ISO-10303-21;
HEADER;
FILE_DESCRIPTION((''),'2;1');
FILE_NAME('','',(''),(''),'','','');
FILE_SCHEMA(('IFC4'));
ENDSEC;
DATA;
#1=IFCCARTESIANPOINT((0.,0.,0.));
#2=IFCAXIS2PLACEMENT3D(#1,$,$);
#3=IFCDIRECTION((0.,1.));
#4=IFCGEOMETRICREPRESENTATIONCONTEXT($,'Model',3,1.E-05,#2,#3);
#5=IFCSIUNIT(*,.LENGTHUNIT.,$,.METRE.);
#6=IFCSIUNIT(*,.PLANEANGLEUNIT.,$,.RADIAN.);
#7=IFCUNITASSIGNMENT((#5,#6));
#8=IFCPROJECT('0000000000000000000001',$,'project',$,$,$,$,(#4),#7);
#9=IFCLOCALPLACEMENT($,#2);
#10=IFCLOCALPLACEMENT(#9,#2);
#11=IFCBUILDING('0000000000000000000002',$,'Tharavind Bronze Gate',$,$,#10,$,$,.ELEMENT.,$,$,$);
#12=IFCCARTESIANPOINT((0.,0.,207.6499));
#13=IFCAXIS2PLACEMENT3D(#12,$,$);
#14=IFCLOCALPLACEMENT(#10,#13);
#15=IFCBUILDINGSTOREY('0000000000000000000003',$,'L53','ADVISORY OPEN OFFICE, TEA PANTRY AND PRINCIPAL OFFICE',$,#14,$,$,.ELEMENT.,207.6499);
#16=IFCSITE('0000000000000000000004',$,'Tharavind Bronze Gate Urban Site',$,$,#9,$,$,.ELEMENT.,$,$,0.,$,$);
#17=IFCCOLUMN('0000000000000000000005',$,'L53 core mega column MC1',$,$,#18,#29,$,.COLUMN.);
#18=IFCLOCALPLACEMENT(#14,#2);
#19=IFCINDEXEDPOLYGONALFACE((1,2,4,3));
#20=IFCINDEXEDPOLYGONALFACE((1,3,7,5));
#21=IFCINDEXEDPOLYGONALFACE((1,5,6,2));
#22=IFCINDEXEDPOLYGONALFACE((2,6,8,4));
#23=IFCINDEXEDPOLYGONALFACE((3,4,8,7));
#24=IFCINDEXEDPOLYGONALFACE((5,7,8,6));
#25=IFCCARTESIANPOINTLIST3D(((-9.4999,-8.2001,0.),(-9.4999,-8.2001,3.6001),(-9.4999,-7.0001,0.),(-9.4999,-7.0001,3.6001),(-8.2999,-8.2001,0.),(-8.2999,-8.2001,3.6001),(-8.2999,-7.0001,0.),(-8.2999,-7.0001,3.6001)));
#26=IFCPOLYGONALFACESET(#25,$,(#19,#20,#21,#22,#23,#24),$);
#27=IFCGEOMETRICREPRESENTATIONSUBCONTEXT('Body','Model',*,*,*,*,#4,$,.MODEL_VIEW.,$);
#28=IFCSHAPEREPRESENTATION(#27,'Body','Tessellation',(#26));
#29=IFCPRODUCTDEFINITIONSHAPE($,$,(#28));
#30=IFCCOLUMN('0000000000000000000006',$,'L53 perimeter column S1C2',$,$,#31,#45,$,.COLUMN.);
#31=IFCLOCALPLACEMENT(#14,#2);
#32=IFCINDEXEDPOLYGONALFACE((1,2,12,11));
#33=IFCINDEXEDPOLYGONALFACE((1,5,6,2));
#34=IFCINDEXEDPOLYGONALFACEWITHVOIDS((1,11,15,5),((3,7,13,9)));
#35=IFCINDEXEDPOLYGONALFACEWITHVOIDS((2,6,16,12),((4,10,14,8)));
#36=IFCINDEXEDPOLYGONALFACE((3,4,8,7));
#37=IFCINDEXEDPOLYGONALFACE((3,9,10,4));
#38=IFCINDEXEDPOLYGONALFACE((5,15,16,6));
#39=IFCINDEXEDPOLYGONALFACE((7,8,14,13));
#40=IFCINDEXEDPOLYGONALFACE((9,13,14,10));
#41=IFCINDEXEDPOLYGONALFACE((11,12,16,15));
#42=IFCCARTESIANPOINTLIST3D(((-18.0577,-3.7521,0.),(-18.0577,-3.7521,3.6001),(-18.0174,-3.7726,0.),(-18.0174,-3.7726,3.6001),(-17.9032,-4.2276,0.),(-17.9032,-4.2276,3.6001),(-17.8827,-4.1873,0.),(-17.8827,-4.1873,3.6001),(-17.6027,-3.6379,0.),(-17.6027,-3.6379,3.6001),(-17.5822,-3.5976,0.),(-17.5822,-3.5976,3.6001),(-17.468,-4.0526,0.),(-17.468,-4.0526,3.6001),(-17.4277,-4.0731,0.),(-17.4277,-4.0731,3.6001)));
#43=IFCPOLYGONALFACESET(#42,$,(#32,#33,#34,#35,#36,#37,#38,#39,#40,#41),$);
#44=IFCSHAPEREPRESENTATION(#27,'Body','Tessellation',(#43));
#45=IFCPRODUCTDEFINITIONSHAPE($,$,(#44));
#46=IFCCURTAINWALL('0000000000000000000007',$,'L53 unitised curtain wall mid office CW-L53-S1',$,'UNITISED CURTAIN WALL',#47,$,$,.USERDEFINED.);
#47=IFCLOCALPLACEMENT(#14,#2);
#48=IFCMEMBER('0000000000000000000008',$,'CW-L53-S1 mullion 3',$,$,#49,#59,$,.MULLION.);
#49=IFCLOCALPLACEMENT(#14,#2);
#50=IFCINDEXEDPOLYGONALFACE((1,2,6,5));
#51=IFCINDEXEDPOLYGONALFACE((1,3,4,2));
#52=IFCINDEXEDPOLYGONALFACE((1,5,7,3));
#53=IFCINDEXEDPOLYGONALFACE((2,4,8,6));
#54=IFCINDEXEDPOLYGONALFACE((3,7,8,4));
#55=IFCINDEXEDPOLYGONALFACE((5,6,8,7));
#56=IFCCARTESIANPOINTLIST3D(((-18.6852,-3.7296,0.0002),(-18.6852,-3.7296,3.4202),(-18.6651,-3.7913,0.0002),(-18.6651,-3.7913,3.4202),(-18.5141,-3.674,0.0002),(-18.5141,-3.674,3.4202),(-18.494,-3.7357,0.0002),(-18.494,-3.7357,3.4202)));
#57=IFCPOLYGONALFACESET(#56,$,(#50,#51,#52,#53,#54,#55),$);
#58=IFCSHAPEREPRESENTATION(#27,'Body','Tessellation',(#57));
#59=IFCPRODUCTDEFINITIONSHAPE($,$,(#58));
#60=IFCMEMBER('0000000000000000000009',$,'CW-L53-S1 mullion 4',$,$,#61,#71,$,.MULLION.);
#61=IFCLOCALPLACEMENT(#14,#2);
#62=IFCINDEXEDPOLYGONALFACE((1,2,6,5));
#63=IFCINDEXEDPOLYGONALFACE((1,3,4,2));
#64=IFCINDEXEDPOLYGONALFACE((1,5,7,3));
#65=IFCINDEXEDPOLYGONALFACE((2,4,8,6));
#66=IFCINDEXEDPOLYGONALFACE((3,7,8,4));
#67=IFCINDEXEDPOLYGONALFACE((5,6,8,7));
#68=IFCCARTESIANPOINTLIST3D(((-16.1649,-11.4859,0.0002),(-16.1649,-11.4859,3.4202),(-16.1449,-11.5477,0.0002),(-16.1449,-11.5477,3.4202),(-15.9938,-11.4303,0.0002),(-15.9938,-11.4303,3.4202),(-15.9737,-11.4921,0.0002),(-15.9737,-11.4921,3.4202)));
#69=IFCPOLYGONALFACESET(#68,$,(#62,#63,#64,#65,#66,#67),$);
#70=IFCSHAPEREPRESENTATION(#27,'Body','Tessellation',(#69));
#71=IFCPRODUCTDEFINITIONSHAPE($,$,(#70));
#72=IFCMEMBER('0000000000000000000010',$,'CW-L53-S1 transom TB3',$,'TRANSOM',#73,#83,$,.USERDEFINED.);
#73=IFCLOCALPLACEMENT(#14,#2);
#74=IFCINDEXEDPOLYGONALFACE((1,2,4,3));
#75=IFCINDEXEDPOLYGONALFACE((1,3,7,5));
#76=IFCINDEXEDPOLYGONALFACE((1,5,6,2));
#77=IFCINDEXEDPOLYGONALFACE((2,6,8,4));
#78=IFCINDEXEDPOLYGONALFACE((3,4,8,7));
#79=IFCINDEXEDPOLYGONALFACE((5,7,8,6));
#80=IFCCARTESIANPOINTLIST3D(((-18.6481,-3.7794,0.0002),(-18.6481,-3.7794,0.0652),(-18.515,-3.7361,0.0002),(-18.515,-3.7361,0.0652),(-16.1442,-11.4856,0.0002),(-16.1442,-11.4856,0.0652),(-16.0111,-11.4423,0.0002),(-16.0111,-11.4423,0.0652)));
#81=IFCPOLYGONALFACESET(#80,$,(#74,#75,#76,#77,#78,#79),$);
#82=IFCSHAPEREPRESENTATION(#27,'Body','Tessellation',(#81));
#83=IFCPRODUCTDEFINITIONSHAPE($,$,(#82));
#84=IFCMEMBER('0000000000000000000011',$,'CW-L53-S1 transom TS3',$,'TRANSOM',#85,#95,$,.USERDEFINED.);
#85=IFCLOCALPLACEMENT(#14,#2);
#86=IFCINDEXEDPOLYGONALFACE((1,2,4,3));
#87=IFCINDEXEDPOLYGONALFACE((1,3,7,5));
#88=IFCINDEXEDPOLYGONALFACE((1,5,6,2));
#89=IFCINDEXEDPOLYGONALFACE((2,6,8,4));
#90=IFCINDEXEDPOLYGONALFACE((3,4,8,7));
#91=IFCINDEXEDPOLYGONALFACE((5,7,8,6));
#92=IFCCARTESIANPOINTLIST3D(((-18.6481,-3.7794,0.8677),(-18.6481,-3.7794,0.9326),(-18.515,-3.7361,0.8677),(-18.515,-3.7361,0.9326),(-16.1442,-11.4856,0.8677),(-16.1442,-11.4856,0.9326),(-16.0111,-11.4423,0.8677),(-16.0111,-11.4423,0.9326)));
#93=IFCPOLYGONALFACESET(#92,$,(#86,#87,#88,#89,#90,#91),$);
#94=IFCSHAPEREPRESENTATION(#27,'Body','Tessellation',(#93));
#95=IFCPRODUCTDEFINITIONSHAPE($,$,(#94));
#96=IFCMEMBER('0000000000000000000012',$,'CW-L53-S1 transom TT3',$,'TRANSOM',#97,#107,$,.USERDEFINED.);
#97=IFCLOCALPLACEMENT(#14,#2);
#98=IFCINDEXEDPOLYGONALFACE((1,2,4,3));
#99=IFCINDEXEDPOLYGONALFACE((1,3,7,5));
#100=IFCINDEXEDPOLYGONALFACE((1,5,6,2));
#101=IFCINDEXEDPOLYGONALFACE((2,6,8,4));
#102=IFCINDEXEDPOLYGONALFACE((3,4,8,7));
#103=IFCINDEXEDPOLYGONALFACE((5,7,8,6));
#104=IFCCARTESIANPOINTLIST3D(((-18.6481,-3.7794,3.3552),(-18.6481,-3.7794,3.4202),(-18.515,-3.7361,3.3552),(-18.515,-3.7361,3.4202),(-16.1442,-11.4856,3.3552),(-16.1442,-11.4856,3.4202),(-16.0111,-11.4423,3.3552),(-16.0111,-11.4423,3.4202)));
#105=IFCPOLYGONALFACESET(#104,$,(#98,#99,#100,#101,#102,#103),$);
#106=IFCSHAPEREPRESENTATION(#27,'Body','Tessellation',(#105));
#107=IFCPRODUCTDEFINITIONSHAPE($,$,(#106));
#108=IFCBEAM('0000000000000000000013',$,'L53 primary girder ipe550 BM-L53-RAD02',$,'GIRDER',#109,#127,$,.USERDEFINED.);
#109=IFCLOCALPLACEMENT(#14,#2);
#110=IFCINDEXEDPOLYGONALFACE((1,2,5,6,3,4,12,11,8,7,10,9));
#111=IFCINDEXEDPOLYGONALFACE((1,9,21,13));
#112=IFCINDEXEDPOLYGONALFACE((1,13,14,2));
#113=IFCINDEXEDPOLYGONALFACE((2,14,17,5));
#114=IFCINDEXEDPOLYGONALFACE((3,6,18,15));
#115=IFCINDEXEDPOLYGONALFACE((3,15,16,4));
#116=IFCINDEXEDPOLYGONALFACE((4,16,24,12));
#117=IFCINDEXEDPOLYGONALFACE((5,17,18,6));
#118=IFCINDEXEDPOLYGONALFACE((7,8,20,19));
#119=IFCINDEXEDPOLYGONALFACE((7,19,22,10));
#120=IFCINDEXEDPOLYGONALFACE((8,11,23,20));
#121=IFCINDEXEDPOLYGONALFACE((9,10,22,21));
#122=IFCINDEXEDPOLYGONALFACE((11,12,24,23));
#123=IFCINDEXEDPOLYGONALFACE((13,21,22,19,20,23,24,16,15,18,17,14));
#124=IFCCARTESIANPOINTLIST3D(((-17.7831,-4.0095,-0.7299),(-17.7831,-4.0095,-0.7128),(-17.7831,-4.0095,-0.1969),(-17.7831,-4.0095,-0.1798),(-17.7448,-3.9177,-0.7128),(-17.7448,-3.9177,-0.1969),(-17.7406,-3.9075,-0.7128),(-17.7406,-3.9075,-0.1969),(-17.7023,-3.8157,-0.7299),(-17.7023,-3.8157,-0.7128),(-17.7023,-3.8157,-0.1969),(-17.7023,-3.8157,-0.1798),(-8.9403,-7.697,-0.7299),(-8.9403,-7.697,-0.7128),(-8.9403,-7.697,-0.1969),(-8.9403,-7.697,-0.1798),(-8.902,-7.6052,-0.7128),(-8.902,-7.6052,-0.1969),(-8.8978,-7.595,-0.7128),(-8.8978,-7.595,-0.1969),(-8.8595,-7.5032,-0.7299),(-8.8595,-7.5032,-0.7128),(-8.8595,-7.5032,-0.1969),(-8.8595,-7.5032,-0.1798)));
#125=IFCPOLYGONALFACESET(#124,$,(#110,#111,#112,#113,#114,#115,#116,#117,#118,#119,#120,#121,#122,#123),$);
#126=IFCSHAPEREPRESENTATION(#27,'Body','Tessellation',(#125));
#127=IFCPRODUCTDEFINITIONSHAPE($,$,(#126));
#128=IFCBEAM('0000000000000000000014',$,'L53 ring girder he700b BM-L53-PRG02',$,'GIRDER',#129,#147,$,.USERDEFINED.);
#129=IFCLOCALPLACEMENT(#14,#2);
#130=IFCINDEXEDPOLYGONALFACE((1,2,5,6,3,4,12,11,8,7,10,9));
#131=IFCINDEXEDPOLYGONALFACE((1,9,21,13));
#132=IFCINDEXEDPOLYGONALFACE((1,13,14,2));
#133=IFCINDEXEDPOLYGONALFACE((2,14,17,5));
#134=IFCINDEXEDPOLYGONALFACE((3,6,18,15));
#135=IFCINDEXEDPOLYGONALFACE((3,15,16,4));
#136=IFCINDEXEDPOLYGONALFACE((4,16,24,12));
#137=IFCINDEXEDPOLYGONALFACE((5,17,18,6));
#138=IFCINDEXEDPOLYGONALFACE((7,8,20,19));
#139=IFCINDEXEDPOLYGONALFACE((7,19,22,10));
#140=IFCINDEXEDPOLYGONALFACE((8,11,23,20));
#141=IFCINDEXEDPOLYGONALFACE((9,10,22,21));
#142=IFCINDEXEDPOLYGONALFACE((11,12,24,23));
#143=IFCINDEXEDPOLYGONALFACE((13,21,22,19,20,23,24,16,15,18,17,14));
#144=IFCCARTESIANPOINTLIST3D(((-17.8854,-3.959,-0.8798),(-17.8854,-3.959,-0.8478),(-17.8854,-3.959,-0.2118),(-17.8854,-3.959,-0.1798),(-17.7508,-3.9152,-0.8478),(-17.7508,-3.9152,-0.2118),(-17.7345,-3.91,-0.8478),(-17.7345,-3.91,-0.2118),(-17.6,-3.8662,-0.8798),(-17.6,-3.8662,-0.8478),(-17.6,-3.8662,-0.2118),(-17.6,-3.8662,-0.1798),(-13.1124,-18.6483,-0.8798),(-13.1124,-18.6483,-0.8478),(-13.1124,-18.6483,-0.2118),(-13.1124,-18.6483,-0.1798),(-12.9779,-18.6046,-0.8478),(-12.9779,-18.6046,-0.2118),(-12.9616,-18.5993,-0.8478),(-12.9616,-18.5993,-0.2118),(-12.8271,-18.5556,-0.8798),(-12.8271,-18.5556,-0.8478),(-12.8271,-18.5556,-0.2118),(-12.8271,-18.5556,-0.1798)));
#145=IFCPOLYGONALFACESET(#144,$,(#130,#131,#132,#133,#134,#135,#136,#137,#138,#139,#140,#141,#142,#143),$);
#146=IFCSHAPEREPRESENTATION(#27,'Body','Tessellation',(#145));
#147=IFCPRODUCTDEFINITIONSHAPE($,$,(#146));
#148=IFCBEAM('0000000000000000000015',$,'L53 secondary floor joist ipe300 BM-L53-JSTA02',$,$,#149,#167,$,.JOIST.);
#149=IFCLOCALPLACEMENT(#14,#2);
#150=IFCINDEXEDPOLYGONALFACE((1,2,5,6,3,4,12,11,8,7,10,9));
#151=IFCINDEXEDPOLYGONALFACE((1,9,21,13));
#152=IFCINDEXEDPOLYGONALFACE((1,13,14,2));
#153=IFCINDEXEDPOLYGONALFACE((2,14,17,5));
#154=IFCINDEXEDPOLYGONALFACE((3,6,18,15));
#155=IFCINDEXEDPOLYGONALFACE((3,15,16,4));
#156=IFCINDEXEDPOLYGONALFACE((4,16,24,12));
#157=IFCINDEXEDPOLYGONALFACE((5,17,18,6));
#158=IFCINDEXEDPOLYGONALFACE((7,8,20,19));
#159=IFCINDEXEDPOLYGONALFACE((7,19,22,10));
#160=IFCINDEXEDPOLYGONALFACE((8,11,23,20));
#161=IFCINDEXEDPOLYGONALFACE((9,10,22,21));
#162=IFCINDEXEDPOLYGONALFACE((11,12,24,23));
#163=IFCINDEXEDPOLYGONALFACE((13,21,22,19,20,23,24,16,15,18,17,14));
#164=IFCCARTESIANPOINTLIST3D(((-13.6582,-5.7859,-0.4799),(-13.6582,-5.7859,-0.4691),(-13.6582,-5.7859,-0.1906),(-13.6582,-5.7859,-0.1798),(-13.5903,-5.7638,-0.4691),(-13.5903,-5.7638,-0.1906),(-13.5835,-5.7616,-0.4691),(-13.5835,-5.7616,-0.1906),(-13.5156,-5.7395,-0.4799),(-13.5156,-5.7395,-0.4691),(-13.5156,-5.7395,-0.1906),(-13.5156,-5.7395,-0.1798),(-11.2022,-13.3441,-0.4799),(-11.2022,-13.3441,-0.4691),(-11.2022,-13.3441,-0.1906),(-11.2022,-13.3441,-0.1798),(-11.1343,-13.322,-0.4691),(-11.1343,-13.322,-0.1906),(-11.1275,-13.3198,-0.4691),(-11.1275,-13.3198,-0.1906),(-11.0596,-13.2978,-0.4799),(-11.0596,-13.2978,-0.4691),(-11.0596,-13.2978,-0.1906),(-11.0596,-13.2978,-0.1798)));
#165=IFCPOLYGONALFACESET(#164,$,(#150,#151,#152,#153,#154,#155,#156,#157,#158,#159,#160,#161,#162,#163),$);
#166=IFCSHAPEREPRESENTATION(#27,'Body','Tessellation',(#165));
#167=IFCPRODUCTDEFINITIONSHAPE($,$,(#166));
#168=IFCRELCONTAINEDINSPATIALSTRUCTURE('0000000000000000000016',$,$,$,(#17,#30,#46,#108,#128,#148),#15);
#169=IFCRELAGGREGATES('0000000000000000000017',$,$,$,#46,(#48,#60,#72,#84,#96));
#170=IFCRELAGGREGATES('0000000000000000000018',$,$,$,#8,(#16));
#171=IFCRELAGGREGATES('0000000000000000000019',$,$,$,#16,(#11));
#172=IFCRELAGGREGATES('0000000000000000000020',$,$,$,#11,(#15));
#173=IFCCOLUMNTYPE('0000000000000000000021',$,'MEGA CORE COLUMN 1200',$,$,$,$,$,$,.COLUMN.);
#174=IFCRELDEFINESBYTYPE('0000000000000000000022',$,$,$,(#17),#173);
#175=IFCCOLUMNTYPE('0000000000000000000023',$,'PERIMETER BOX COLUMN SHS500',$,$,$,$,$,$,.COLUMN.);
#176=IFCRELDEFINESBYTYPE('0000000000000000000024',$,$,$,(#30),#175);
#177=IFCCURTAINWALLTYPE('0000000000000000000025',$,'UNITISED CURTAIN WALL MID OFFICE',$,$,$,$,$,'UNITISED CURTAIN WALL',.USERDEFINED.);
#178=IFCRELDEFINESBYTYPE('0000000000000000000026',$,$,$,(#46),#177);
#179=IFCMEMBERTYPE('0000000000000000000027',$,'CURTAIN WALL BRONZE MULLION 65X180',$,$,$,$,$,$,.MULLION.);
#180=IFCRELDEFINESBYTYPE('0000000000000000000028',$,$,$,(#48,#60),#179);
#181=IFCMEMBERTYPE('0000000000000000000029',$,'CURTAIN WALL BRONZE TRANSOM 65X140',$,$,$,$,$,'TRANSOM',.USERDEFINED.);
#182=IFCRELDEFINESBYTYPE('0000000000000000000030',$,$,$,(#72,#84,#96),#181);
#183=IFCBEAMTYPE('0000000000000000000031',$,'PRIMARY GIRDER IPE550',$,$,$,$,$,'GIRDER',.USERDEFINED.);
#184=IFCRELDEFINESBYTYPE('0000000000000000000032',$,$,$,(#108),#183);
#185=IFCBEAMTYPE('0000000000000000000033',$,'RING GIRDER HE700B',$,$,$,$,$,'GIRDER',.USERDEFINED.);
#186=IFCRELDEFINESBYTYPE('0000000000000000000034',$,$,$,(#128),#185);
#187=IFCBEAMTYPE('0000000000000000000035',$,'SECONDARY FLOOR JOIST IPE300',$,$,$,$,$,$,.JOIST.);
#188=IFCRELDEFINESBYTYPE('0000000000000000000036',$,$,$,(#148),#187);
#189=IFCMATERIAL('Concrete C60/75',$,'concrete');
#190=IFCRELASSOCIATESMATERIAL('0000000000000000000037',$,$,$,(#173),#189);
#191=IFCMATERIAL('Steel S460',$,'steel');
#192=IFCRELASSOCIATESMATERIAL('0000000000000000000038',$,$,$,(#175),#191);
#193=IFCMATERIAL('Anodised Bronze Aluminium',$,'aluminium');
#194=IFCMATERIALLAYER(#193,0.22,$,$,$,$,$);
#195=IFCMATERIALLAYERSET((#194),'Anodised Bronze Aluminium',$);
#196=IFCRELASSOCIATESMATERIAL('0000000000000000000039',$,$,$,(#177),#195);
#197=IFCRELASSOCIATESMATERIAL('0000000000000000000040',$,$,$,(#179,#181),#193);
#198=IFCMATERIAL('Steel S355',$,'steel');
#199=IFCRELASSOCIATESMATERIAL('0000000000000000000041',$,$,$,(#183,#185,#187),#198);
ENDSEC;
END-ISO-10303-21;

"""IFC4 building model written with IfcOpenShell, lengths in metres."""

from ifc_helpers import new_model, si_unit, direction, frame, origin, origin_2d, place, context, subcontext, project, spatial, rectangle, hollow_rectangle, i_section, extrude, material, layer, layer_set, material_profile, profile_set, type_object, element, aggregate, save


model = new_model("IFC4")

# Units and contexts
model_context = context("Model", 3, precision=1e-05, world=origin(), true_north=direction((0.0, 1.0)))
body_context = subcontext(model_context, "Body", "Model", "MODEL_VIEW")
ifc_project = project(units=[si_unit("LENGTHUNIT", "METRE"), si_unit("PLANEANGLEUNIT", "RADIAN")], contexts=[model_context])

# Site, building, storey
site_placement = place(None, origin())
site = spatial("IfcSite", under=ifc_project, at=site_placement, Name="Tharavind Bronze Gate Urban Site", CompositionType="ELEMENT", RefElevation=0.0)
building_placement = place(site_placement, origin())
building = spatial("IfcBuilding", under=site, at=building_placement, Name="Tharavind Bronze Gate", CompositionType="ELEMENT")
storey_placement = place(building_placement, frame((0.0, 0.0, 207.6499)))
storey = spatial("IfcBuildingStorey", under=building, at=storey_placement, Name="L53", Description="ADVISORY OPEN OFFICE, TEA PANTRY AND PRINCIPAL OFFICE", CompositionType="ELEMENT", Elevation=207.6499)

# Columns
ifc_material_1 = material(Name="Concrete C60/75", Category="concrete")
ifc_material_profile_1 = material_profile(ifc_material_1, rectangle(XDim=1.2, YDim=1.2, at=origin_2d()), Name="RCCOL1200")
ifc_profile_set_1 = profile_set([ifc_material_profile_1], Name="Concrete C60/75")
column_type_1 = type_object("IfcColumnType", Name="MEGA CORE COLUMN 1200", PredefinedType="COLUMN", material=ifc_profile_set_1)
column_1_placement = place(storey_placement, frame((-8.8999, -7.6001, 0.0), z_axis=(0.0, 0.0, 1.0), x_axis=(1.0, 0.0, 0.0)))
element("IfcColumn", 1, at=column_1_placement, inside=storey, type_object=column_type_1, Name="L53 core mega column MC1", PredefinedType="COLUMN", context=body_context, shape_type="SweptSolid", body=[
    extrude(rectangle(XDim=1.2, YDim=1.2, at=origin_2d()), origin(), (0.0, 0.0, 1.0), 3.6001),
])
ifc_material_2 = material(Name="Steel S460", Category="steel")
ifc_material_profile_2 = material_profile(ifc_material_2, hollow_rectangle(XDim=0.5, YDim=0.5, WallThickness=0.032, at=origin_2d()), Name="SHS500X32")
ifc_profile_set_2 = profile_set([ifc_material_profile_2], Name="Steel S460")
column_type_2 = type_object("IfcColumnType", Name="PERIMETER BOX COLUMN SHS500", PredefinedType="COLUMN", material=ifc_profile_set_2)
column_2_placement = place(storey_placement, frame((-17.7427, -3.9126, 0.0), z_axis=(0.0, 0.0, 1.0), x_axis=(-0.309017, 0.951057, 0.0)))
element("IfcColumn", 2, at=column_2_placement, inside=storey, type_object=column_type_2, Name="L53 perimeter column S1C2", PredefinedType="COLUMN", context=body_context, shape_type="SweptSolid", body=[
    extrude(hollow_rectangle(XDim=0.5, YDim=0.5, WallThickness=0.032, at=origin_2d()), origin(), (0.0, 0.0, 1.0), 3.6001),
])

# Curtain wall, members
ifc_material_3 = material(Name="Anodised Bronze Aluminium", Category="aluminium")
ifc_layer_1 = layer(ifc_material_3, 0.22)
ifc_layer_set_1 = layer_set([ifc_layer_1], Name="Anodised Bronze Aluminium")
curtain_wall_type = type_object("IfcCurtainWallType", Name="UNITISED CURTAIN WALL MID OFFICE", ElementType="UNITISED CURTAIN WALL", PredefinedType="USERDEFINED", material=ifc_layer_set_1)
curtain_wall_placement = place(storey_placement, origin())
curtain_wall = element("IfcCurtainWall", 3, at=curtain_wall_placement, inside=storey, type_object=curtain_wall_type, Name="L53 unitised curtain wall mid office CW-L53-S1", ObjectType="UNITISED CURTAIN WALL", PredefinedType="USERDEFINED")
member_type_1 = type_object("IfcMemberType", Name="CURTAIN WALL BRONZE MULLION 65X180", PredefinedType="MULLION", material=ifc_material_3)
member_1_placement = place(storey_placement, frame((-18.5896, -3.7327, 0.0002), z_axis=(0.0, 0.0, 1.0), x_axis=(0.309017, -0.951057, 0.0)))
member_1 = element("IfcMember", 4, at=member_1_placement, type_object=member_type_1, Name="CW-L53-S1 mullion 3", PredefinedType="MULLION", context=body_context, shape_type="SweptSolid", body=[
    extrude(rectangle(XDim=0.0649, YDim=0.1799, at=origin_2d()), origin(), (0.0, 0.0, 1.0), 3.4199),
])
member_2_placement = place(storey_placement, frame((-16.0693, -11.489, 0.0002), z_axis=(0.0, 0.0, 1.0), x_axis=(0.309017, -0.951057, 0.0)))
member_2 = element("IfcMember", 5, at=member_2_placement, type_object=member_type_1, Name="CW-L53-S1 mullion 4", PredefinedType="MULLION", context=body_context, shape_type="SweptSolid", body=[
    extrude(rectangle(XDim=0.0649, YDim=0.1799, at=origin_2d()), origin(), (0.0, 0.0, 1.0), 3.4199),
])
member_type_2 = type_object("IfcMemberType", Name="CURTAIN WALL BRONZE TRANSOM 65X140", ElementType="TRANSOM", PredefinedType="USERDEFINED", material=ifc_material_3)
member_3_placement = place(storey_placement, frame((-17.3296, -7.6108, 0.0002), z_axis=(0.0, 0.0, 1.0), x_axis=(0.309017, -0.951057, 0.0)))
member_3 = element("IfcMember", 6, at=member_3_placement, type_object=member_type_2, Name="CW-L53-S1 transom TB3", ObjectType="TRANSOM", PredefinedType="USERDEFINED", context=body_context, shape_type="SweptSolid", body=[
    extrude(rectangle(XDim=8.1028, YDim=0.1399, at=origin_2d()), origin(), (0.0, 0.0, 1.0), 0.0649),
])
member_4_placement = place(storey_placement, frame((-17.3296, -7.6108, 0.8677), z_axis=(0.0, 0.0, 1.0), x_axis=(0.309017, -0.951057, 0.0)))
member_4 = element("IfcMember", 7, at=member_4_placement, type_object=member_type_2, Name="CW-L53-S1 transom TS3", ObjectType="TRANSOM", PredefinedType="USERDEFINED", context=body_context, shape_type="SweptSolid", body=[
    extrude(rectangle(XDim=8.1028, YDim=0.1399, at=origin_2d()), origin(), (0.0, 0.0, 1.0), 0.0649),
])
member_5_placement = place(storey_placement, frame((-17.3296, -7.6108, 3.3552), z_axis=(0.0, 0.0, 1.0), x_axis=(0.309017, -0.951057, 0.0)))
member_5 = element("IfcMember", 8, at=member_5_placement, type_object=member_type_2, Name="CW-L53-S1 transom TT3", ObjectType="TRANSOM", PredefinedType="USERDEFINED", context=body_context, shape_type="SweptSolid", body=[
    extrude(rectangle(XDim=8.1028, YDim=0.1399, at=origin_2d()), origin(), (0.0, 0.0, 1.0), 0.0649),
])

# Beams
ifc_material_4 = material(Name="Steel S355", Category="steel")
ifc_material_profile_3 = material_profile(ifc_material_4, i_section(OverallWidth=0.21, OverallDepth=0.55, WebThickness=0.011, FlangeThickness=0.0171, at=origin_2d()), Name="IPE550")
ifc_profile_set_3 = profile_set([ifc_material_profile_3], Name="Steel S355")
beam_type_1 = type_object("IfcBeamType", Name="PRIMARY GIRDER IPE550", ElementType="GIRDER", PredefinedType="USERDEFINED", material=ifc_profile_set_3)
beam_1_placement = place(storey_placement, frame((-17.7427, -3.9126, -0.4548), z_axis=(0.922965, -0.384883, 0.0), x_axis=(0.384883, 0.922965, 0.0)))
element("IfcBeam", 9, at=beam_1_placement, inside=storey, type_object=beam_type_1, Name="L53 primary girder ipe550 BM-L53-RAD02", ObjectType="GIRDER", PredefinedType="USERDEFINED", context=body_context, shape_type="SweptSolid", body=[
    extrude(i_section(OverallWidth=0.21, OverallDepth=0.55, WebThickness=0.011, FlangeThickness=0.0171, at=origin_2d()), origin(), (0.0, 0.0, 1.0), 9.5808),
])
ifc_material_profile_4 = material_profile(ifc_material_4, i_section(OverallWidth=0.3, OverallDepth=0.7, WebThickness=0.0171, FlangeThickness=0.032, at=origin_2d()), Name="HE700B")
ifc_profile_set_4 = profile_set([ifc_material_profile_4], Name="Steel S355")
beam_type_2 = type_object("IfcBeamType", Name="RING GIRDER HE700B", ElementType="GIRDER", PredefinedType="USERDEFINED", material=ifc_profile_set_4)
beam_2_placement = place(storey_placement, frame((-17.7427, -3.9126, -0.5298), z_axis=(0.30902, -0.951055, 0.0), x_axis=(0.951055, 0.30902, 0.0)))
element("IfcBeam", 10, at=beam_2_placement, inside=storey, type_object=beam_type_2, Name="L53 ring girder he700b BM-L53-PRG02", ObjectType="GIRDER", PredefinedType="USERDEFINED", context=body_context, shape_type="SweptSolid", body=[
    extrude(i_section(OverallWidth=0.3, OverallDepth=0.7, WebThickness=0.0171, FlangeThickness=0.032, at=origin_2d()), origin(), (0.0, 0.0, 1.0), 15.4453),
])
ifc_material_profile_5 = material_profile(ifc_material_4, i_section(OverallWidth=0.1499, OverallDepth=0.3, WebThickness=0.0071, FlangeThickness=0.0107, at=origin_2d()), Name="IPE300")
ifc_profile_set_5 = profile_set([ifc_material_profile_5], Name="Steel S355")
beam_type_3 = type_object("IfcBeamType", Name="SECONDARY FLOOR JOIST IPE300", PredefinedType="JOIST", material=ifc_profile_set_5)
beam_3_placement = place(storey_placement, frame((-13.5869, -5.7627, -0.3298), z_axis=(0.30904, -0.951049, 0.0), x_axis=(0.951049, 0.30904, 0.0)))
element("IfcBeam", 11, at=beam_3_placement, inside=storey, type_object=beam_type_3, Name="L53 secondary floor joist ipe300 BM-L53-JSTA02", PredefinedType="JOIST", context=body_context, shape_type="SweptSolid", body=[
    extrude(i_section(OverallWidth=0.1499, OverallDepth=0.3, WebThickness=0.0071, FlangeThickness=0.0107, at=origin_2d()), origin(), (0.0, 0.0, 1.0), 7.9473),
])

aggregate(curtain_wall, [member_1, member_2, member_3, member_4, member_5])

save(model, "model.ifc")
